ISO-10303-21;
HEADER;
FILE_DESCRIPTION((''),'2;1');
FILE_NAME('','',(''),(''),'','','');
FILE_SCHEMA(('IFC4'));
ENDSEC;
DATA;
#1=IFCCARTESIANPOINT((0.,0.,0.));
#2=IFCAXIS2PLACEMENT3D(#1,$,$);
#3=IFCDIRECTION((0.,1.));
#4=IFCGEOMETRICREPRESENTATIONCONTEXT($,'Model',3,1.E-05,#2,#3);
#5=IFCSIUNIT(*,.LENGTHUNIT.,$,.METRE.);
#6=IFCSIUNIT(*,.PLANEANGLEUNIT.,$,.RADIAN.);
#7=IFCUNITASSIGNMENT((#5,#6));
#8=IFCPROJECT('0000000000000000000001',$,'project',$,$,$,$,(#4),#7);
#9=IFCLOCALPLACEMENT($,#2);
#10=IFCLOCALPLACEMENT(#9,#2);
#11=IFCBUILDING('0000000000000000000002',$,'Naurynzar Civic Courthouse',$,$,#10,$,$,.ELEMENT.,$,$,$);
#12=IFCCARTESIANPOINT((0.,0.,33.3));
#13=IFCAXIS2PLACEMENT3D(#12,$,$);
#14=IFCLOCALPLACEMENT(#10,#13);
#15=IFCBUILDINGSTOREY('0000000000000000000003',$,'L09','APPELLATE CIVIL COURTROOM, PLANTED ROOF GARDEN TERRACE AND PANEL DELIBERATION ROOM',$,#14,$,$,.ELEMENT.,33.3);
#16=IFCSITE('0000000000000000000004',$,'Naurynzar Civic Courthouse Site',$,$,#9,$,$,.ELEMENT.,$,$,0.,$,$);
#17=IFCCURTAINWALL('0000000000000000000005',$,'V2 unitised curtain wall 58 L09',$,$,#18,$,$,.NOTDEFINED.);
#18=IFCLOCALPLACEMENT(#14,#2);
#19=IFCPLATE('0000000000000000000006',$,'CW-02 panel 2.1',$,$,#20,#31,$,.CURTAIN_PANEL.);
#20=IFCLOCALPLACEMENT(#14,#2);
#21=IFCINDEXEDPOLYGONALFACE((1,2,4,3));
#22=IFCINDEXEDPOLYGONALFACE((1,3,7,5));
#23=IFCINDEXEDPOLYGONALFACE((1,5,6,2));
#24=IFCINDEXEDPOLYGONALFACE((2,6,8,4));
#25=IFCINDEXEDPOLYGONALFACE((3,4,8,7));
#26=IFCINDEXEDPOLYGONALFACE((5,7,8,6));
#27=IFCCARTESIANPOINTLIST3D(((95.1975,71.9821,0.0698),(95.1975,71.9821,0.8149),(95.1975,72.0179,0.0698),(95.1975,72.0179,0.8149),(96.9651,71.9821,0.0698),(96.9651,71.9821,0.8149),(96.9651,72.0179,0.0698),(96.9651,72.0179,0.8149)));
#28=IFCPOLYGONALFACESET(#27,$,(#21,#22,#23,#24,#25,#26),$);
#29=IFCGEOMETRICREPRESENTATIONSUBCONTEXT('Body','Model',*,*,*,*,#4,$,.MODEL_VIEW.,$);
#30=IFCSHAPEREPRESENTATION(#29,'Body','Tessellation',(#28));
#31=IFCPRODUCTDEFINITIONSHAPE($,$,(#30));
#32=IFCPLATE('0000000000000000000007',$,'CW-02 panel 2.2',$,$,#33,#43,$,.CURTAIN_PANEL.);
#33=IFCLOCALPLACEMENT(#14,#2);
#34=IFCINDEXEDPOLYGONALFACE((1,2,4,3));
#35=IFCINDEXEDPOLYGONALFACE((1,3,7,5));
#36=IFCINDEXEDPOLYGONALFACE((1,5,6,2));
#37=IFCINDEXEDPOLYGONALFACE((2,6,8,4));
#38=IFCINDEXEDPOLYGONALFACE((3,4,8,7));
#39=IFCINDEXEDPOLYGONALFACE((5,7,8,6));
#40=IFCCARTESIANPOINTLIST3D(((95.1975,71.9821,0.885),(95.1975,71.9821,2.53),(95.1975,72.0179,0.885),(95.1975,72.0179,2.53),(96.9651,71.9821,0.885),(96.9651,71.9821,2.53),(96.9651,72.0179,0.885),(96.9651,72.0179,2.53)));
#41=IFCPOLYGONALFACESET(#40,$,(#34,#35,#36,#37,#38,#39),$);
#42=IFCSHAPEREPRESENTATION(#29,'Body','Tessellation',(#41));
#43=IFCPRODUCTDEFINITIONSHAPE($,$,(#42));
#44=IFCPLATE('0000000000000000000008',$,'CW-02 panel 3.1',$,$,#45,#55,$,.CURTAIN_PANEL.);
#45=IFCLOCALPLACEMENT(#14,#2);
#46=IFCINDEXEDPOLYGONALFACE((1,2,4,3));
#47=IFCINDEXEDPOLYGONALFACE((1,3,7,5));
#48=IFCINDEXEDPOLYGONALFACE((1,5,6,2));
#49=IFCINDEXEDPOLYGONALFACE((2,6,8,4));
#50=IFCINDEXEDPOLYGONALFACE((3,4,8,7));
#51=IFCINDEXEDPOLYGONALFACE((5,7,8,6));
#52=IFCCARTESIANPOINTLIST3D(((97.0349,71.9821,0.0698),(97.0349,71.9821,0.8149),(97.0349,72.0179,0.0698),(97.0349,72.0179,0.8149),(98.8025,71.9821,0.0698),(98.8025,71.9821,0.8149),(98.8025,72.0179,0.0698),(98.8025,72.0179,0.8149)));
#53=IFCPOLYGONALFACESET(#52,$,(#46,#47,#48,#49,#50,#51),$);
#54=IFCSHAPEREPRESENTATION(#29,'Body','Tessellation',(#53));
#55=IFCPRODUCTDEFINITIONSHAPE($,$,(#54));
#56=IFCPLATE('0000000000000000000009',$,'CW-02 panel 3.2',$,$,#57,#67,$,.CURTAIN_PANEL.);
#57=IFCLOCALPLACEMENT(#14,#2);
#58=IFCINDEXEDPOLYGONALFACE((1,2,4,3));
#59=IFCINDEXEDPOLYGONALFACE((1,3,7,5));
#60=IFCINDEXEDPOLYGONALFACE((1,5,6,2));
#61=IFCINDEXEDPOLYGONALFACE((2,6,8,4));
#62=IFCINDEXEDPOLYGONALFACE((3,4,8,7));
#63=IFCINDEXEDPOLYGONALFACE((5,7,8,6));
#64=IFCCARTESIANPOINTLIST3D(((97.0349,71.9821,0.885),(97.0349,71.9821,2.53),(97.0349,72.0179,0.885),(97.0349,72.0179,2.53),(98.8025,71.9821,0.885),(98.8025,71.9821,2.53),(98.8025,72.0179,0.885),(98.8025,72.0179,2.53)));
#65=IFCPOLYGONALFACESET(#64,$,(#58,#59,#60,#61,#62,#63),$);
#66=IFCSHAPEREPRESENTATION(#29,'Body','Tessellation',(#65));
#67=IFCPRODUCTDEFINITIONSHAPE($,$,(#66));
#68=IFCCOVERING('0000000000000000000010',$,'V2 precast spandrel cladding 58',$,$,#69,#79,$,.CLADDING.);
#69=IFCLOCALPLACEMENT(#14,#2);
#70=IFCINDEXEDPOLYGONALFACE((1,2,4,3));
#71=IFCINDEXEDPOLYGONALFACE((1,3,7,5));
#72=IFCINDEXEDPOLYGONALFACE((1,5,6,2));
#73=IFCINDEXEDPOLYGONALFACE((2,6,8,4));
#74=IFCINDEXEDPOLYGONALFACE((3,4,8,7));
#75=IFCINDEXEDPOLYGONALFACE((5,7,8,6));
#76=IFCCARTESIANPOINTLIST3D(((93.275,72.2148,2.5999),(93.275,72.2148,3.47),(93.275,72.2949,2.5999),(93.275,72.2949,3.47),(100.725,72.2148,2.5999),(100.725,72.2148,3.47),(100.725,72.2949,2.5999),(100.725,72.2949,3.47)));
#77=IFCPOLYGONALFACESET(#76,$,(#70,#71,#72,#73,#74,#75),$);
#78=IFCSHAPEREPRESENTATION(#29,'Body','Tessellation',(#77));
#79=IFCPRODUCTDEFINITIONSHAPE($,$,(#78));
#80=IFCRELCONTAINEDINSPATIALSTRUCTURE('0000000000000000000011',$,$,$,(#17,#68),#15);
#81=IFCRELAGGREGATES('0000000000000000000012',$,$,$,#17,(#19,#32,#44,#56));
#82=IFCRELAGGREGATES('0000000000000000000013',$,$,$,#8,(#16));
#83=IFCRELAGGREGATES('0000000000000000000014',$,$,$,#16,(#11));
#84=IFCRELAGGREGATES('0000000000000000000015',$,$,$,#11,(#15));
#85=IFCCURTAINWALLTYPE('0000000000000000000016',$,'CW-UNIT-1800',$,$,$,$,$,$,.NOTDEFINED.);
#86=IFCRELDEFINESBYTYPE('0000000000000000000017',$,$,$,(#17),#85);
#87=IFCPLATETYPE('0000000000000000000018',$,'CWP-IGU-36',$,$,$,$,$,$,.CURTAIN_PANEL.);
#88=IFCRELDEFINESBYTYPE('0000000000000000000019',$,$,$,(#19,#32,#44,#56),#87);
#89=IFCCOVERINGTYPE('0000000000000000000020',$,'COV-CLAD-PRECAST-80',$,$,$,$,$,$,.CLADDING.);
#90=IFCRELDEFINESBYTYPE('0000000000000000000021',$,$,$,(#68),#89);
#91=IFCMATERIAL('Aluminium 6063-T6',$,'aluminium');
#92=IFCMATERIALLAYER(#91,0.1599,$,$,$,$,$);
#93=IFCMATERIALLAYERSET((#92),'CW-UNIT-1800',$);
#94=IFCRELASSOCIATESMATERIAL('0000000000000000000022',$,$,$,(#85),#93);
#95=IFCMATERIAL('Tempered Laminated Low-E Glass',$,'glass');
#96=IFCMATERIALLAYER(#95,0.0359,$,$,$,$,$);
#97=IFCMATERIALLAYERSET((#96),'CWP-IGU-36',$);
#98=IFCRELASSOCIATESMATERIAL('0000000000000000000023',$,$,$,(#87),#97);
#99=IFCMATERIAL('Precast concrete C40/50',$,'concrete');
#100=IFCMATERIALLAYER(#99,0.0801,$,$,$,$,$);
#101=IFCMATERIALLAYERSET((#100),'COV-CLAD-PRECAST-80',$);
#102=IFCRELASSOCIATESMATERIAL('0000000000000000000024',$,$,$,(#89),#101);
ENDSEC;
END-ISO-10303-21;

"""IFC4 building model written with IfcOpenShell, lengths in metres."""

from ifc_helpers import new_model, si_unit, direction, frame, origin, origin_2d, place, context, subcontext, project, spatial, rectangle, extrude, material, layer, layer_set, type_object, element, aggregate, save


model = new_model("IFC4")

# Units and contexts
model_context = context("Model", 3, precision=1e-05, world=origin(), true_north=direction((0.0, 1.0)))
body_context = subcontext(model_context, "Body", "Model", "MODEL_VIEW")
ifc_project = project(units=[si_unit("LENGTHUNIT", "METRE"), si_unit("PLANEANGLEUNIT", "RADIAN")], contexts=[model_context])

# Site, building, storey
site_placement = place(None, origin())
site = spatial("IfcSite", under=ifc_project, at=site_placement, Name="Naurynzar Civic Courthouse Site", CompositionType="ELEMENT", RefElevation=0.0)
building_placement = place(site_placement, origin())
building = spatial("IfcBuilding", under=site, at=building_placement, Name="Naurynzar Civic Courthouse", CompositionType="ELEMENT")
storey_placement = place(building_placement, frame((0.0, 0.0, 33.3)))
storey = spatial("IfcBuildingStorey", under=building, at=storey_placement, Name="L09", Description="APPELLATE CIVIL COURTROOM, PLANTED ROOF GARDEN TERRACE AND PANEL DELIBERATION ROOM", CompositionType="ELEMENT", Elevation=33.3)

# Curtain wall, plates
ifc_material_1 = material(Name="Aluminium 6063-T6", Category="aluminium")
ifc_layer_1 = layer(ifc_material_1, 0.1599)
ifc_layer_set_1 = layer_set([ifc_layer_1], Name="CW-UNIT-1800")
curtain_wall_type = type_object("IfcCurtainWallType", Name="CW-UNIT-1800", PredefinedType="NOTDEFINED", material=ifc_layer_set_1)
curtain_wall_placement = place(storey_placement, origin())
curtain_wall = element("IfcCurtainWall", 1, at=curtain_wall_placement, inside=storey, type_object=curtain_wall_type, Name="V2 unitised curtain wall 58 L09", PredefinedType="NOTDEFINED")
ifc_material_2 = material(Name="Tempered Laminated Low-E Glass", Category="glass")
ifc_layer_2 = layer(ifc_material_2, 0.0359)
ifc_layer_set_2 = layer_set([ifc_layer_2], Name="CWP-IGU-36")
plate_type = type_object("IfcPlateType", Name="CWP-IGU-36", PredefinedType="CURTAIN_PANEL", material=ifc_layer_set_2)
plate_1_placement = place(storey_placement, frame((96.0813, 72.0, 0.0698), z_axis=(0.0, 0.0, 1.0), x_axis=(1.0, 0.0, 0.0)))
plate_1 = element("IfcPlate", 2, at=plate_1_placement, type_object=plate_type, Name="CW-02 panel 2.1", PredefinedType="CURTAIN_PANEL", context=body_context, shape_type="SweptSolid", body=[
    extrude(rectangle(XDim=1.7676, YDim=0.0359, at=origin_2d()), origin(), (0.0, 0.0, 1.0), 0.7451),
])
plate_2_placement = place(storey_placement, frame((96.0813, 72.0, 0.885), z_axis=(0.0, 0.0, 1.0), x_axis=(1.0, 0.0, 0.0)))
plate_2 = element("IfcPlate", 3, at=plate_2_placement, type_object=plate_type, Name="CW-02 panel 2.2", PredefinedType="CURTAIN_PANEL", context=body_context, shape_type="SweptSolid", body=[
    extrude(rectangle(XDim=1.7676, YDim=0.0359, at=origin_2d()), origin(), (0.0, 0.0, 1.0), 1.645),
])
plate_3_placement = place(storey_placement, frame((97.9187, 72.0, 0.0698), z_axis=(0.0, 0.0, 1.0), x_axis=(1.0, 0.0, 0.0)))
plate_3 = element("IfcPlate", 4, at=plate_3_placement, type_object=plate_type, Name="CW-02 panel 3.1", PredefinedType="CURTAIN_PANEL", context=body_context, shape_type="SweptSolid", body=[
    extrude(rectangle(XDim=1.7676, YDim=0.0359, at=origin_2d()), origin(), (0.0, 0.0, 1.0), 0.7451),
])
plate_4_placement = place(storey_placement, frame((97.9187, 72.0, 0.885), z_axis=(0.0, 0.0, 1.0), x_axis=(1.0, 0.0, 0.0)))
plate_4 = element("IfcPlate", 5, at=plate_4_placement, type_object=plate_type, Name="CW-02 panel 3.2", PredefinedType="CURTAIN_PANEL", context=body_context, shape_type="SweptSolid", body=[
    extrude(rectangle(XDim=1.7676, YDim=0.0359, at=origin_2d()), origin(), (0.0, 0.0, 1.0), 1.645),
])
aggregate(curtain_wall, [plate_1, plate_2, plate_3, plate_4])

# Covering
ifc_material_3 = material(Name="Precast concrete C40/50", Category="concrete")
ifc_layer_3 = layer(ifc_material_3, 0.0801)
ifc_layer_set_3 = layer_set([ifc_layer_3], Name="COV-CLAD-PRECAST-80")
covering_type = type_object("IfcCoveringType", Name="COV-CLAD-PRECAST-80", PredefinedType="CLADDING", material=ifc_layer_set_3)
covering_placement = place(storey_placement, frame((97.0, 72.2549, 2.5999), z_axis=(0.0, 0.0, 1.0), x_axis=(1.0, 0.0, 0.0)))
element("IfcCovering", 6, at=covering_placement, inside=storey, type_object=covering_type, Name="V2 precast spandrel cladding 58", PredefinedType="CLADDING", context=body_context, shape_type="SweptSolid", body=[
    extrude(rectangle(XDim=7.45, YDim=0.0801, at=origin_2d()), origin(), (0.0, 0.0, 1.0), 0.8701),
])

save(model, "model.ifc")
